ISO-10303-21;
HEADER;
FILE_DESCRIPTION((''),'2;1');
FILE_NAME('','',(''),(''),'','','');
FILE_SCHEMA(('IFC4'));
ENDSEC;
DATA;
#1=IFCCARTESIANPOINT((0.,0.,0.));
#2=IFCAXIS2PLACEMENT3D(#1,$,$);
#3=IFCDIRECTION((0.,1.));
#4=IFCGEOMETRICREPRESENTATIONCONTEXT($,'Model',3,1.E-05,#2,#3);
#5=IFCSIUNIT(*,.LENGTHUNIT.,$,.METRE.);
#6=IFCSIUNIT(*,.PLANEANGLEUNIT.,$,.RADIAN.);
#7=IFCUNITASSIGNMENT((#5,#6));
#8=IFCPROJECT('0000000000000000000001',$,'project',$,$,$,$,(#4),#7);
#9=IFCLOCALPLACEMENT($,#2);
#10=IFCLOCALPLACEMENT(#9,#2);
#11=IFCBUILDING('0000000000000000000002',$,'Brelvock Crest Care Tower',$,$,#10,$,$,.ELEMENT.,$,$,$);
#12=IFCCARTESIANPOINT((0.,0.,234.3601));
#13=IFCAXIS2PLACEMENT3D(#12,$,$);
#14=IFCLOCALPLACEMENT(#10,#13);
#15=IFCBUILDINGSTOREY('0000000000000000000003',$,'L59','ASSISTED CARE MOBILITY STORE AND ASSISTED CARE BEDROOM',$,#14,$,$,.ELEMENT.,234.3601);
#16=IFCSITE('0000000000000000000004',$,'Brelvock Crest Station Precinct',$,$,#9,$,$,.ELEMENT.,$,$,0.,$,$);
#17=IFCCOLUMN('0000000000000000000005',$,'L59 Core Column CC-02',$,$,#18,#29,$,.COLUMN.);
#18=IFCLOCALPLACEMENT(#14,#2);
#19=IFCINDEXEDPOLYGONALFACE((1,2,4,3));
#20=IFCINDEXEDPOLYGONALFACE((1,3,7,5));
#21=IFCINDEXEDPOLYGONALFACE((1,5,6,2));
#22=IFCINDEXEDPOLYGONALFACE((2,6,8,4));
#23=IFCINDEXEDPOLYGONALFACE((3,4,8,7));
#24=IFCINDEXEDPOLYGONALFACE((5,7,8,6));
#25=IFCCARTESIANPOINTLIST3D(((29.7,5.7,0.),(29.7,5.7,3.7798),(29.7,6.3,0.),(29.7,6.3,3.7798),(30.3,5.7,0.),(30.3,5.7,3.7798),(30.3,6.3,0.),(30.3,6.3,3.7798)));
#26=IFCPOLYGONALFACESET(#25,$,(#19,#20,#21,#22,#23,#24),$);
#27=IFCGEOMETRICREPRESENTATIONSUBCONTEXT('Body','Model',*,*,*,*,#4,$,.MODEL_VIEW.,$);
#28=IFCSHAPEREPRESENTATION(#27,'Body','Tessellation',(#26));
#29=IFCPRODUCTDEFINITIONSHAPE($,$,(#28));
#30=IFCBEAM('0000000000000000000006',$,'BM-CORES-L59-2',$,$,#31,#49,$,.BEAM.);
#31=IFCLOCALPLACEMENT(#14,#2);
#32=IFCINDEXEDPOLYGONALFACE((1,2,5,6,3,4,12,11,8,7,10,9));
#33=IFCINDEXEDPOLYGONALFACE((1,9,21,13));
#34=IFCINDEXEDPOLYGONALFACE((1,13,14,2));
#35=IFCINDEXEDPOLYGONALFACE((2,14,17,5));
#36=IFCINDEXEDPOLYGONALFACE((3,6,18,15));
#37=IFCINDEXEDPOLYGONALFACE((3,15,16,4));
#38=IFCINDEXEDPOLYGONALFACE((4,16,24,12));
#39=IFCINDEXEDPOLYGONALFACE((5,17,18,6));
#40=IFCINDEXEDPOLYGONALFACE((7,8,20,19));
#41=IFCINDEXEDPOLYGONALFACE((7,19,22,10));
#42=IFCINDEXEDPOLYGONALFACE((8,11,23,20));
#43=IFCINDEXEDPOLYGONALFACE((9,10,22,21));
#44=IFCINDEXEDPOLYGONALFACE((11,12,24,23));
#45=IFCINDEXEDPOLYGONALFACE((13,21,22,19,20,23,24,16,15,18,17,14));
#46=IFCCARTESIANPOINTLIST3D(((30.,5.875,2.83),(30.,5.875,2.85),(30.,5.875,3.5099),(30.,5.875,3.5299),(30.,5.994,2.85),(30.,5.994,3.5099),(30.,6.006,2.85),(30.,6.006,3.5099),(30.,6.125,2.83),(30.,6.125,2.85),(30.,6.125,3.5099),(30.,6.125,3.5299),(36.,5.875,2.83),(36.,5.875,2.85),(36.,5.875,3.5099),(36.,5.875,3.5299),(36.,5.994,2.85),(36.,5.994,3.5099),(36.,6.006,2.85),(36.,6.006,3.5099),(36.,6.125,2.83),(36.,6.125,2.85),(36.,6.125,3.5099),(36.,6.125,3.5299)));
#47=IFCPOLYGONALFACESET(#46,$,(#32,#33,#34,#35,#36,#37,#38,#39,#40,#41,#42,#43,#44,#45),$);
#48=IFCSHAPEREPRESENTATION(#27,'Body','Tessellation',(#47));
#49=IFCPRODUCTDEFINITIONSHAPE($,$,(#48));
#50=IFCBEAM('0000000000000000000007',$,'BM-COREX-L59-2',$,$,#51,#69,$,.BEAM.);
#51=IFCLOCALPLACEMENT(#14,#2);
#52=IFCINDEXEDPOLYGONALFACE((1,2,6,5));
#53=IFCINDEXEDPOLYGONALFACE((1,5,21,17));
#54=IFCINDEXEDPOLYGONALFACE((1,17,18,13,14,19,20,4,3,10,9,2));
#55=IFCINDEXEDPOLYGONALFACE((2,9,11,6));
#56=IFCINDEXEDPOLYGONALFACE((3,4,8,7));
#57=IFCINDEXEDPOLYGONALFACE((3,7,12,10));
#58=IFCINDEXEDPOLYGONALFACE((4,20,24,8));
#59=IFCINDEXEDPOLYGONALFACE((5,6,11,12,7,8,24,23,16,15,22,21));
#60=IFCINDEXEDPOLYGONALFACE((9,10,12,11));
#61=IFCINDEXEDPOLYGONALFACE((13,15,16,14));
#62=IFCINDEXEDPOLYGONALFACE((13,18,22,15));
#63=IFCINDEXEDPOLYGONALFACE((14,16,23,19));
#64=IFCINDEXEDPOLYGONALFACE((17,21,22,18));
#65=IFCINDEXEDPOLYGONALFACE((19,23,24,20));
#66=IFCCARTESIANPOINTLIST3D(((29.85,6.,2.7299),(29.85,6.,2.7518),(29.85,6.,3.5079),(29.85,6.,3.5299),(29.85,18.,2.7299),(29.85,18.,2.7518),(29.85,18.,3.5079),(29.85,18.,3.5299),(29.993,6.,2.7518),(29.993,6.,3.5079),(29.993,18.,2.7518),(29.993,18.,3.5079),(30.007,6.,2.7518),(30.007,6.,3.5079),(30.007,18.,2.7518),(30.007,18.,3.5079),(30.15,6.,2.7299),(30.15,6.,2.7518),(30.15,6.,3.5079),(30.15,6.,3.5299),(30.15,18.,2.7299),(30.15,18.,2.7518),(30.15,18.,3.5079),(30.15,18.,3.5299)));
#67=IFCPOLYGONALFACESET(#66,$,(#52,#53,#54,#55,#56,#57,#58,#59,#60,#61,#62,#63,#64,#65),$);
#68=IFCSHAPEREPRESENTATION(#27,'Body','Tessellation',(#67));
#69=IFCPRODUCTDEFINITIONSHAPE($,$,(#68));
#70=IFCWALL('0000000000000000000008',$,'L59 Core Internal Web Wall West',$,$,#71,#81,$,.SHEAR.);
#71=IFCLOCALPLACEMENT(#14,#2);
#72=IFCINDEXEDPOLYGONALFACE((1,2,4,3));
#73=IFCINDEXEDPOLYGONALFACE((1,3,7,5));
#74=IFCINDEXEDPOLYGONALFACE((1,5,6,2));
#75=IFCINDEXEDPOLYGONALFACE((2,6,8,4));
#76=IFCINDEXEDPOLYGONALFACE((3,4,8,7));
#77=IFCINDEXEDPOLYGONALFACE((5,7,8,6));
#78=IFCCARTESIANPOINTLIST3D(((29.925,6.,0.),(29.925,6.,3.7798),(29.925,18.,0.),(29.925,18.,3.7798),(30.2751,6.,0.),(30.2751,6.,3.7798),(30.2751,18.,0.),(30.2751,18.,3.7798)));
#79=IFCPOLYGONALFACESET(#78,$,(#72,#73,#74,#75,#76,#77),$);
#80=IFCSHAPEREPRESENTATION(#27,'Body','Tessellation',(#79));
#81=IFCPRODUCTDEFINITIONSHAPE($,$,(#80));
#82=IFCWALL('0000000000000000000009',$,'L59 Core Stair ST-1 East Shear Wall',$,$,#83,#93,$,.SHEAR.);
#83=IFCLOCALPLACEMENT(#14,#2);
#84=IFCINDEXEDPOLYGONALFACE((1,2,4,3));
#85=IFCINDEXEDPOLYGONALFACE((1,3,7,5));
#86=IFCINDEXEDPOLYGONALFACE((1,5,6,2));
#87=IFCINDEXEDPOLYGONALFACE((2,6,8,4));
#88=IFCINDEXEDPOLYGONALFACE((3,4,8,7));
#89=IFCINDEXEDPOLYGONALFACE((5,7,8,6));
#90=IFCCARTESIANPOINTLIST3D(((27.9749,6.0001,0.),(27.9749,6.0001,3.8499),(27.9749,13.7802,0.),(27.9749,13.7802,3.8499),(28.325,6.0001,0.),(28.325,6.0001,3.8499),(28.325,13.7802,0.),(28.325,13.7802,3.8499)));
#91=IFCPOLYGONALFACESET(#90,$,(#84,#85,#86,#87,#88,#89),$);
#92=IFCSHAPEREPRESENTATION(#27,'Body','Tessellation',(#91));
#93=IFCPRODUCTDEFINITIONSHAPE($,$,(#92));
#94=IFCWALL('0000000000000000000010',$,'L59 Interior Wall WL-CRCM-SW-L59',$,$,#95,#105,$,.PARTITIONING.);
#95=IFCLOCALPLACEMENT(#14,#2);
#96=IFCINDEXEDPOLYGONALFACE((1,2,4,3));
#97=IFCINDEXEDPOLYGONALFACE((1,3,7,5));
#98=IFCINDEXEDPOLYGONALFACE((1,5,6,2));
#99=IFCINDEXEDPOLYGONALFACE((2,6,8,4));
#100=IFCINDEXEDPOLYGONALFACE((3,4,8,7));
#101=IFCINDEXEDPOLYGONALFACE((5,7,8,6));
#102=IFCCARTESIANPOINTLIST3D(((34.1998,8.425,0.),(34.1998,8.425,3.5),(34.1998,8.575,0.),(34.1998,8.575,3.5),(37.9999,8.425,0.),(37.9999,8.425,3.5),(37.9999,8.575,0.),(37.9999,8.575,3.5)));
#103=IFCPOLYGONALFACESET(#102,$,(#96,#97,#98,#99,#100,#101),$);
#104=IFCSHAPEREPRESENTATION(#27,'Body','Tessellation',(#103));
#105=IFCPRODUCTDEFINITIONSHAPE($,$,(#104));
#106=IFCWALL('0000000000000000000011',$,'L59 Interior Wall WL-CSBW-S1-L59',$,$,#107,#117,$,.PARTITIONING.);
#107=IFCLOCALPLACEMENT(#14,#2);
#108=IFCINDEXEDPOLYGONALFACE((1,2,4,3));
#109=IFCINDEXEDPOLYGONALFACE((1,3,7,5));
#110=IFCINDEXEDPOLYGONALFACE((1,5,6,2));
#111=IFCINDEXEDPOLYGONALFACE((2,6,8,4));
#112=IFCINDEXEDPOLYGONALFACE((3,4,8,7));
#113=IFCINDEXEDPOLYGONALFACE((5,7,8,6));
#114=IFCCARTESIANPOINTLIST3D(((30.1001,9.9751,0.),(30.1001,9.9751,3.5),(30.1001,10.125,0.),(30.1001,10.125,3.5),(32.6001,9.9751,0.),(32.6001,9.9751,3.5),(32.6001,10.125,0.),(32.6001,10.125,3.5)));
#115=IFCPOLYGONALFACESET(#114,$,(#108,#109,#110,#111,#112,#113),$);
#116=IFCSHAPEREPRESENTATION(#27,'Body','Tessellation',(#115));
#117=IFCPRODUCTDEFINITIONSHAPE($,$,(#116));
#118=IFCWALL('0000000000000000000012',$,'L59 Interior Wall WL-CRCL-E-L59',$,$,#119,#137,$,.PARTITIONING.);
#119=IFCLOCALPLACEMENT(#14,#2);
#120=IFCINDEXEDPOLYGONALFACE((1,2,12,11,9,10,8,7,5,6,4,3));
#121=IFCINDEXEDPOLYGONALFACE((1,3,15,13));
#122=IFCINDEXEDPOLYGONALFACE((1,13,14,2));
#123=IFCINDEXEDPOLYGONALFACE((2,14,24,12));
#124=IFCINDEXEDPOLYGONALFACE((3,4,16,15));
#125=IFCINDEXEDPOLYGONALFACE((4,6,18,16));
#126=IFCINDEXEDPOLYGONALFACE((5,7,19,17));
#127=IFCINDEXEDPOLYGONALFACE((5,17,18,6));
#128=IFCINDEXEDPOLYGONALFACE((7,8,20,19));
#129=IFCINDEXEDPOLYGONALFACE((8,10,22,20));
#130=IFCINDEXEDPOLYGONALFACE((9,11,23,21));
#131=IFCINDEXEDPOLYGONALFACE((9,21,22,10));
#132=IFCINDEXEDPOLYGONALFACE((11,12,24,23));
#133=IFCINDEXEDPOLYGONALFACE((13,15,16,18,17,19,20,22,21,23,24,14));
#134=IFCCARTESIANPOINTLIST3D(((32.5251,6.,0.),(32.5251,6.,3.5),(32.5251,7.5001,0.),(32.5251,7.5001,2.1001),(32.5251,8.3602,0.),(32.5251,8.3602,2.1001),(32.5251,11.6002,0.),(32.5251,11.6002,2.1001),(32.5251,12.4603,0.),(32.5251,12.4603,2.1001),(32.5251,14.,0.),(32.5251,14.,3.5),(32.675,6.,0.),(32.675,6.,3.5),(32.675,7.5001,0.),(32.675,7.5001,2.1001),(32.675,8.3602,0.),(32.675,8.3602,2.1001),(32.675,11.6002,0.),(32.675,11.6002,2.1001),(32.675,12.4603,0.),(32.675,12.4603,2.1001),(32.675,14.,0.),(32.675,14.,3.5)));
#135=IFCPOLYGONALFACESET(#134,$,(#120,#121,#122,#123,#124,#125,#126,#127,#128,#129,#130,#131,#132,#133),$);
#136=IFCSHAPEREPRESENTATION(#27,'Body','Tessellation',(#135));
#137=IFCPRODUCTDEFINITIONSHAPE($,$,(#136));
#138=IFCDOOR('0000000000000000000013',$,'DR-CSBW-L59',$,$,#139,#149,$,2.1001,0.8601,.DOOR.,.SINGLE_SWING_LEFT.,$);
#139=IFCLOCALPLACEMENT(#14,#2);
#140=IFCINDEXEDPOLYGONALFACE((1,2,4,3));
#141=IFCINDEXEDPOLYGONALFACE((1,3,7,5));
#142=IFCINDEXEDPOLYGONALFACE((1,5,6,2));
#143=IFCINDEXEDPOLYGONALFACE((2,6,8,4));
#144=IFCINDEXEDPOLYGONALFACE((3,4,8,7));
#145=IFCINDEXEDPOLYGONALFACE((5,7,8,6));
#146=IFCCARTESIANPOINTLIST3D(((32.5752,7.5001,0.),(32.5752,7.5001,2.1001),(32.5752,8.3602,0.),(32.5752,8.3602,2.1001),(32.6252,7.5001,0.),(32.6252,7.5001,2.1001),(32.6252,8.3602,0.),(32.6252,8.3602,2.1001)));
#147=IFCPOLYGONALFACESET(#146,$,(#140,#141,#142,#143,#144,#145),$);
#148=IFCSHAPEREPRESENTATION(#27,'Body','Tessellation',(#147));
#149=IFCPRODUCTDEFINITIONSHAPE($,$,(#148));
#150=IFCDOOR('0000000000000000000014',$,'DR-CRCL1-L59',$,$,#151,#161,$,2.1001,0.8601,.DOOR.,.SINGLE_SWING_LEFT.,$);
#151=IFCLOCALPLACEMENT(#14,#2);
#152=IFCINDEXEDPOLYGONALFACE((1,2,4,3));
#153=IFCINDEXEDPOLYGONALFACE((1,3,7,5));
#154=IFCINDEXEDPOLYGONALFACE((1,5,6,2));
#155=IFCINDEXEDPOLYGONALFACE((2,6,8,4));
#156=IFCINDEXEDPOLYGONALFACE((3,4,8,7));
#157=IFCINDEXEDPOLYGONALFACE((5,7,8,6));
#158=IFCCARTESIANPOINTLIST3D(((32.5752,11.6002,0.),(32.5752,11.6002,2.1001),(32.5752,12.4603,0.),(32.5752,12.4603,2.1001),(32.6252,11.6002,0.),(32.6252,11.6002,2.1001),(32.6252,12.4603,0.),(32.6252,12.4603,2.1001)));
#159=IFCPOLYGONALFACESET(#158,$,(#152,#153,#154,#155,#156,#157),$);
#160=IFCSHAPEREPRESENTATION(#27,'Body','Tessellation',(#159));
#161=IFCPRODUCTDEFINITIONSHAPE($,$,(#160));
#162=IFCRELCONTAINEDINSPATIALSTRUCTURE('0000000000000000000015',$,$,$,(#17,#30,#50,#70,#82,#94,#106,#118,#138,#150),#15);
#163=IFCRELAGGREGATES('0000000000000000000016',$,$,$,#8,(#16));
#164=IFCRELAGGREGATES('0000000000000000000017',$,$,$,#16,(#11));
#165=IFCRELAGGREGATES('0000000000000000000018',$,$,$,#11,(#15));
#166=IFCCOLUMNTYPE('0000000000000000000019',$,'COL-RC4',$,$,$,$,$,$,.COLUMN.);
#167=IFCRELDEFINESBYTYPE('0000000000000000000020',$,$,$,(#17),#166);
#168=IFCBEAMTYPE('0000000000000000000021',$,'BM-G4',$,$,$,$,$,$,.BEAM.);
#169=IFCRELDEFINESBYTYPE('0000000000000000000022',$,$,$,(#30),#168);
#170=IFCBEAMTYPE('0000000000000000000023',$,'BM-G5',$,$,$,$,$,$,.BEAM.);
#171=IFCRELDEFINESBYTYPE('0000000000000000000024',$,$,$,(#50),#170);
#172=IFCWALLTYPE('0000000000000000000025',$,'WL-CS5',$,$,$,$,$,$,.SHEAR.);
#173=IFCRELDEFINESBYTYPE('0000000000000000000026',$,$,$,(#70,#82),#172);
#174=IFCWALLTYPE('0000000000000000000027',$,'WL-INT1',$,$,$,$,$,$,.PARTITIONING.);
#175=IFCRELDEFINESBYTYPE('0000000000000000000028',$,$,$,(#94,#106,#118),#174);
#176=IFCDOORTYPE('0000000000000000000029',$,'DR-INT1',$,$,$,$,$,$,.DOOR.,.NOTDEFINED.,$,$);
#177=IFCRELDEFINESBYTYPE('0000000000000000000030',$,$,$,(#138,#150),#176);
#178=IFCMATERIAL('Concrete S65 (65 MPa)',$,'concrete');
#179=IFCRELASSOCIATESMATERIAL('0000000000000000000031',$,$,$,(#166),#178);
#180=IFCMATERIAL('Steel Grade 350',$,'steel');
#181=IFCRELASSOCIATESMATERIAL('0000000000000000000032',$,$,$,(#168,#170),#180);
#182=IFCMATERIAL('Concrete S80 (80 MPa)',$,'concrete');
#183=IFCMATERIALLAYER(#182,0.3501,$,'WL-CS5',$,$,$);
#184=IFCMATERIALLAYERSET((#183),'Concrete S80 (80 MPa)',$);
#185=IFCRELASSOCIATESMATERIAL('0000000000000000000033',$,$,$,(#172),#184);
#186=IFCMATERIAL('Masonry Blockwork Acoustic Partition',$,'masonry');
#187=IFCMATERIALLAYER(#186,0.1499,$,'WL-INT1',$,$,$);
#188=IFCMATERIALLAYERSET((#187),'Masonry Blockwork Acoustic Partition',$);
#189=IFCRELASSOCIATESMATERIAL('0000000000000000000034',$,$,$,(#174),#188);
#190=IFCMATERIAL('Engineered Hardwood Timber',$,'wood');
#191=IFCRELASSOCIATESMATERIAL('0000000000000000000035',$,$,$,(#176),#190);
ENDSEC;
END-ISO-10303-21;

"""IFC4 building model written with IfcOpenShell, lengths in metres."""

from ifc_helpers import new_model, si_unit, direction, frame, frame_2d, origin, origin_2d, place, context, subcontext, project, spatial, rectangle, i_section, extrude, source, transform, mapped, material, layer, layer_set, material_profile, profile_set, type_object, element, fill, save


model = new_model("IFC4")

# Units and contexts
model_context = context("Model", 3, precision=1e-05, world=origin(), true_north=direction((0.0, 1.0)))
body_context = subcontext(model_context, "Body", "Model", "MODEL_VIEW")
ifc_project = project(units=[si_unit("LENGTHUNIT", "METRE"), si_unit("PLANEANGLEUNIT", "RADIAN")], contexts=[model_context])

# Site, building, storey
site_placement = place(None, origin())
site = spatial("IfcSite", under=ifc_project, at=site_placement, Name="Brelvock Crest Station Precinct", CompositionType="ELEMENT", RefElevation=0.0)
building_placement = place(site_placement, origin())
building = spatial("IfcBuilding", under=site, at=building_placement, Name="Brelvock Crest Care Tower", CompositionType="ELEMENT")
storey_placement = place(building_placement, frame((0.0, 0.0, 234.3601)))
storey = spatial("IfcBuildingStorey", under=building, at=storey_placement, Name="L59", Description="ASSISTED CARE MOBILITY STORE AND ASSISTED CARE BEDROOM", CompositionType="ELEMENT", Elevation=234.3601)

# Column
ifc_material_1 = material(Name="Concrete S65 (65 MPa)", Category="concrete")
ifc_material_profile_1 = material_profile(ifc_material_1, rectangle(XDim=0.6001, YDim=0.6001, at=origin_2d()), Name="RC600x600")
ifc_profile_set_1 = profile_set([ifc_material_profile_1], Name="Concrete S65 (65 MPa)")
column_type = type_object("IfcColumnType", Name="COL-RC4", PredefinedType="COLUMN", material=ifc_profile_set_1)
shared_shape_1 = source(origin(), body_context, "Body", "SweptSolid", [
    extrude(rectangle(XDim=0.6001, YDim=0.6001, at=origin_2d()), origin(), (0.0, 0.0, 1.0), 3.7798),
])
column_placement = place(storey_placement, frame((30.0, 6.0, 0.0), z_axis=(0.0, 0.0, 1.0), x_axis=(1.0, 0.0, 0.0)))
element("IfcColumn", 1, at=column_placement, inside=storey, type_object=column_type, Name="L59 Core Column CC-02", PredefinedType="COLUMN", context=body_context, shape_type="MappedRepresentation", body=[
    mapped(shared_shape_1, transform((0.0, 0.0, 0.0), x_axis=(1.0, 0.0, 0.0), y_axis=(0.0, 1.0, 0.0), z_axis=(0.0, 0.0, 1.0), scale=1.0)),
])

# Beams
ifc_material_2 = material(Name="Steel Grade 350", Category="steel")
ifc_material_profile_2 = material_profile(ifc_material_2, i_section(OverallWidth=0.25, OverallDepth=0.7, WebThickness=0.012, FlangeThickness=0.02, at=origin_2d()), Name="700WB150")
ifc_profile_set_2 = profile_set([ifc_material_profile_2], Name="Steel Grade 350")
beam_type_1 = type_object("IfcBeamType", Name="BM-G4", PredefinedType="BEAM", material=ifc_profile_set_2)
shared_shape_2 = source(origin(), body_context, "Body", "SweptSolid", [
    extrude(i_section(OverallWidth=0.25, OverallDepth=0.7, WebThickness=0.012, FlangeThickness=0.02, at=origin_2d()), origin(), (0.0, 0.0, 1.0), 6.0),
])
beam_1_placement = place(storey_placement, frame((30.0, 6.0, 3.1799), z_axis=(1.0, 0.0, 0.0), x_axis=(0.0, 1.0, 0.0)))
element("IfcBeam", 2, at=beam_1_placement, inside=storey, type_object=beam_type_1, Name="BM-CORES-L59-2", PredefinedType="BEAM", context=body_context, shape_type="MappedRepresentation", body=[
    mapped(shared_shape_2, transform((0.0, 0.0, 0.0), x_axis=(1.0, 0.0, 0.0), y_axis=(0.0, 1.0, 0.0), z_axis=(0.0, 0.0, 1.0), scale=1.0)),
])
ifc_material_profile_3 = material_profile(ifc_material_2, i_section(OverallWidth=0.3, OverallDepth=0.8, WebThickness=0.0139, FlangeThickness=0.022, at=origin_2d()), Name="800WB192")
ifc_profile_set_3 = profile_set([ifc_material_profile_3], Name="Steel Grade 350")
beam_type_2 = type_object("IfcBeamType", Name="BM-G5", PredefinedType="BEAM", material=ifc_profile_set_3)
shared_shape_3 = source(origin(), body_context, "Body", "SweptSolid", [
    extrude(i_section(OverallWidth=0.3, OverallDepth=0.8, WebThickness=0.0139, FlangeThickness=0.022, at=origin_2d()), origin(), (0.0, 0.0, 1.0), 12.0),
])
beam_2_placement = place(storey_placement, frame((30.0, 6.0, 3.1299), z_axis=(0.0, 1.0, 0.0), x_axis=(-1.0, 0.0, 0.0)))
element("IfcBeam", 3, at=beam_2_placement, inside=storey, type_object=beam_type_2, Name="BM-COREX-L59-2", PredefinedType="BEAM", context=body_context, shape_type="MappedRepresentation", body=[
    mapped(shared_shape_3, transform((0.0, 0.0, 0.0), x_axis=(1.0, 0.0, 0.0), y_axis=(0.0, 1.0, 0.0), z_axis=(0.0, 0.0, 1.0), scale=1.0)),
])

# Walls
ifc_material_3 = material(Name="Concrete S80 (80 MPa)", Category="concrete")
ifc_layer_1 = layer(ifc_material_3, 0.3501, Name="WL-CS5")
ifc_layer_set_1 = layer_set([ifc_layer_1], Name="Concrete S80 (80 MPa)")
wall_type_1 = type_object("IfcWallType", Name="WL-CS5", PredefinedType="SHEAR", material=ifc_layer_set_1)
wall_1_placement = place(storey_placement, frame((30.1001, 6.0, 0.0), z_axis=(0.0, 0.0, 1.0), x_axis=(0.0, 1.0, 0.0)))
element("IfcWall", 4, at=wall_1_placement, inside=storey, type_object=wall_type_1, Name="L59 Core Internal Web Wall West", PredefinedType="SHEAR", context=body_context, shape_type="SweptSolid", body=[
    extrude(rectangle(XDim=12.0, YDim=0.3501, at=frame_2d((6.0, 0.0))), origin(), (0.0, 0.0, 1.0), 3.7798),
])
wall_2_placement = place(storey_placement, frame((28.1499, 6.0, 0.0), z_axis=(0.0, 0.0, 1.0), x_axis=(0.0, 1.0, 0.0)))
element("IfcWall", 5, at=wall_2_placement, inside=storey, type_object=wall_type_1, Name="L59 Core Stair ST-1 East Shear Wall", PredefinedType="SHEAR", context=body_context, shape_type="SweptSolid", body=[
    extrude(rectangle(XDim=7.78, YDim=0.3501, at=frame_2d((3.8901, 0.0))), origin(), (0.0, 0.0, 1.0), 3.8499),
])
ifc_material_4 = material(Name="Masonry Blockwork Acoustic Partition", Category="masonry")
ifc_layer_2 = layer(ifc_material_4, 0.1499, Name="WL-INT1")
ifc_layer_set_2 = layer_set([ifc_layer_2], Name="Masonry Blockwork Acoustic Partition")
wall_type_2 = type_object("IfcWallType", Name="WL-INT1", PredefinedType="PARTITIONING", material=ifc_layer_set_2)
wall_3_placement = place(storey_placement, frame((34.2, 8.5, 0.0), z_axis=(0.0, 0.0, 1.0), x_axis=(1.0, 0.0, 0.0)))
element("IfcWall", 6, at=wall_3_placement, inside=storey, type_object=wall_type_2, Name="L59 Interior Wall WL-CRCM-SW-L59", PredefinedType="PARTITIONING", context=body_context, shape_type="SweptSolid", body=[
    extrude(rectangle(XDim=3.8, YDim=0.1499, at=frame_2d((1.8999, 0.0))), origin(), (0.0, 0.0, 1.0), 3.5),
])
wall_4_placement = place(storey_placement, frame((30.1001, 10.05, 0.0), z_axis=(0.0, 0.0, 1.0), x_axis=(1.0, 0.0, 0.0)))
element("IfcWall", 7, at=wall_4_placement, inside=storey, type_object=wall_type_2, Name="L59 Interior Wall WL-CSBW-S1-L59", PredefinedType="PARTITIONING", context=body_context, shape_type="SweptSolid", body=[
    extrude(rectangle(XDim=2.5, YDim=0.1499, at=frame_2d((1.25, 0.0))), origin(), (0.0, 0.0, 1.0), 3.5),
])

# Wall, openings, doors
wall_5_placement = place(storey_placement, frame((32.6001, 6.0, 0.0), z_axis=(0.0, 0.0, 1.0), x_axis=(0.0, 1.0, 0.0)))
wall_5 = element("IfcWall", 8, at=wall_5_placement, inside=storey, type_object=wall_type_2, Name="L59 Interior Wall WL-CRCL-E-L59", PredefinedType="PARTITIONING", context=body_context, shape_type="SweptSolid", body=[
    extrude(rectangle(XDim=8.0, YDim=0.1499, at=frame_2d((4.0, 0.0))), origin(), (0.0, 0.0, 1.0), 3.5),
])
opening_1_placement = place(wall_5_placement, frame((1.5, 0.0, 0.0)))
opening_1 = element("IfcOpeningElement", 9, at=opening_1_placement, cuts=wall_5, PredefinedType="OPENING", context=body_context, shape_type="SweptSolid", body=[
    extrude(rectangle(XDim=0.8601, YDim=2.1001, at=origin_2d()), frame((0.4302, 0.085, 1.05), z_axis=(0.0, -1.0, 0.0), x_axis=(1.0, 0.0, 0.0)), (0.0, 0.0, 1.0), 0.1699),
])
opening_2_placement = place(wall_5_placement, frame((5.6001, 0.0, 0.0)))
opening_2 = element("IfcOpeningElement", 10, at=opening_2_placement, cuts=wall_5, PredefinedType="OPENING", context=body_context, shape_type="SweptSolid", body=[
    extrude(rectangle(XDim=0.8601, YDim=2.1001, at=origin_2d()), frame((0.4302, 0.085, 1.05), z_axis=(0.0, -1.0, 0.0), x_axis=(1.0, 0.0, 0.0)), (0.0, 0.0, 1.0), 0.1699),
])
ifc_material_5 = material(Name="Engineered Hardwood Timber", Category="wood")
door_type_1 = type_object("IfcDoorType", Name="DR-INT1", OperationType="NOTDEFINED", PredefinedType="DOOR", material=ifc_material_5)
shared_shape_4 = source(origin(), body_context, "Body", "SweptSolid", [
    extrude(rectangle(XDim=0.8601, YDim=2.1001, at=origin_2d()), frame((0.4302, 0.0249, 1.05), z_axis=(0.0, -1.0, 0.0), x_axis=(1.0, 0.0, 0.0)), (0.0, 0.0, 1.0), 0.05),
])
door_1_placement = place(opening_1_placement, origin())
door_1 = element("IfcDoor", 11, at=door_1_placement, inside=storey, type_object=door_type_1, Name="DR-CSBW-L59", OperationType="SINGLE_SWING_LEFT", OverallHeight=2.1001, OverallWidth=0.8601, PredefinedType="DOOR", context=body_context, shape_type="MappedRepresentation", body=[
    mapped(shared_shape_4, transform((0.0, 0.0, 0.0), x_axis=(1.0, 0.0, 0.0), y_axis=(0.0, 1.0, 0.0), z_axis=(0.0, 0.0, 1.0), scale=1.0)),
])
fill(opening_1, door_1)
door_2_placement = place(opening_2_placement, origin())
door_2 = element("IfcDoor", 12, at=door_2_placement, inside=storey, type_object=door_type_1, Name="DR-CRCL1-L59", OperationType="SINGLE_SWING_LEFT", OverallHeight=2.1001, OverallWidth=0.8601, PredefinedType="DOOR", context=body_context, shape_type="MappedRepresentation", body=[
    mapped(shared_shape_4, transform((0.0, 0.0, 0.0), x_axis=(1.0, 0.0, 0.0), y_axis=(0.0, 1.0, 0.0), z_axis=(0.0, 0.0, 1.0), scale=1.0)),
])
fill(opening_2, door_2)

save(model, "model.ifc")
